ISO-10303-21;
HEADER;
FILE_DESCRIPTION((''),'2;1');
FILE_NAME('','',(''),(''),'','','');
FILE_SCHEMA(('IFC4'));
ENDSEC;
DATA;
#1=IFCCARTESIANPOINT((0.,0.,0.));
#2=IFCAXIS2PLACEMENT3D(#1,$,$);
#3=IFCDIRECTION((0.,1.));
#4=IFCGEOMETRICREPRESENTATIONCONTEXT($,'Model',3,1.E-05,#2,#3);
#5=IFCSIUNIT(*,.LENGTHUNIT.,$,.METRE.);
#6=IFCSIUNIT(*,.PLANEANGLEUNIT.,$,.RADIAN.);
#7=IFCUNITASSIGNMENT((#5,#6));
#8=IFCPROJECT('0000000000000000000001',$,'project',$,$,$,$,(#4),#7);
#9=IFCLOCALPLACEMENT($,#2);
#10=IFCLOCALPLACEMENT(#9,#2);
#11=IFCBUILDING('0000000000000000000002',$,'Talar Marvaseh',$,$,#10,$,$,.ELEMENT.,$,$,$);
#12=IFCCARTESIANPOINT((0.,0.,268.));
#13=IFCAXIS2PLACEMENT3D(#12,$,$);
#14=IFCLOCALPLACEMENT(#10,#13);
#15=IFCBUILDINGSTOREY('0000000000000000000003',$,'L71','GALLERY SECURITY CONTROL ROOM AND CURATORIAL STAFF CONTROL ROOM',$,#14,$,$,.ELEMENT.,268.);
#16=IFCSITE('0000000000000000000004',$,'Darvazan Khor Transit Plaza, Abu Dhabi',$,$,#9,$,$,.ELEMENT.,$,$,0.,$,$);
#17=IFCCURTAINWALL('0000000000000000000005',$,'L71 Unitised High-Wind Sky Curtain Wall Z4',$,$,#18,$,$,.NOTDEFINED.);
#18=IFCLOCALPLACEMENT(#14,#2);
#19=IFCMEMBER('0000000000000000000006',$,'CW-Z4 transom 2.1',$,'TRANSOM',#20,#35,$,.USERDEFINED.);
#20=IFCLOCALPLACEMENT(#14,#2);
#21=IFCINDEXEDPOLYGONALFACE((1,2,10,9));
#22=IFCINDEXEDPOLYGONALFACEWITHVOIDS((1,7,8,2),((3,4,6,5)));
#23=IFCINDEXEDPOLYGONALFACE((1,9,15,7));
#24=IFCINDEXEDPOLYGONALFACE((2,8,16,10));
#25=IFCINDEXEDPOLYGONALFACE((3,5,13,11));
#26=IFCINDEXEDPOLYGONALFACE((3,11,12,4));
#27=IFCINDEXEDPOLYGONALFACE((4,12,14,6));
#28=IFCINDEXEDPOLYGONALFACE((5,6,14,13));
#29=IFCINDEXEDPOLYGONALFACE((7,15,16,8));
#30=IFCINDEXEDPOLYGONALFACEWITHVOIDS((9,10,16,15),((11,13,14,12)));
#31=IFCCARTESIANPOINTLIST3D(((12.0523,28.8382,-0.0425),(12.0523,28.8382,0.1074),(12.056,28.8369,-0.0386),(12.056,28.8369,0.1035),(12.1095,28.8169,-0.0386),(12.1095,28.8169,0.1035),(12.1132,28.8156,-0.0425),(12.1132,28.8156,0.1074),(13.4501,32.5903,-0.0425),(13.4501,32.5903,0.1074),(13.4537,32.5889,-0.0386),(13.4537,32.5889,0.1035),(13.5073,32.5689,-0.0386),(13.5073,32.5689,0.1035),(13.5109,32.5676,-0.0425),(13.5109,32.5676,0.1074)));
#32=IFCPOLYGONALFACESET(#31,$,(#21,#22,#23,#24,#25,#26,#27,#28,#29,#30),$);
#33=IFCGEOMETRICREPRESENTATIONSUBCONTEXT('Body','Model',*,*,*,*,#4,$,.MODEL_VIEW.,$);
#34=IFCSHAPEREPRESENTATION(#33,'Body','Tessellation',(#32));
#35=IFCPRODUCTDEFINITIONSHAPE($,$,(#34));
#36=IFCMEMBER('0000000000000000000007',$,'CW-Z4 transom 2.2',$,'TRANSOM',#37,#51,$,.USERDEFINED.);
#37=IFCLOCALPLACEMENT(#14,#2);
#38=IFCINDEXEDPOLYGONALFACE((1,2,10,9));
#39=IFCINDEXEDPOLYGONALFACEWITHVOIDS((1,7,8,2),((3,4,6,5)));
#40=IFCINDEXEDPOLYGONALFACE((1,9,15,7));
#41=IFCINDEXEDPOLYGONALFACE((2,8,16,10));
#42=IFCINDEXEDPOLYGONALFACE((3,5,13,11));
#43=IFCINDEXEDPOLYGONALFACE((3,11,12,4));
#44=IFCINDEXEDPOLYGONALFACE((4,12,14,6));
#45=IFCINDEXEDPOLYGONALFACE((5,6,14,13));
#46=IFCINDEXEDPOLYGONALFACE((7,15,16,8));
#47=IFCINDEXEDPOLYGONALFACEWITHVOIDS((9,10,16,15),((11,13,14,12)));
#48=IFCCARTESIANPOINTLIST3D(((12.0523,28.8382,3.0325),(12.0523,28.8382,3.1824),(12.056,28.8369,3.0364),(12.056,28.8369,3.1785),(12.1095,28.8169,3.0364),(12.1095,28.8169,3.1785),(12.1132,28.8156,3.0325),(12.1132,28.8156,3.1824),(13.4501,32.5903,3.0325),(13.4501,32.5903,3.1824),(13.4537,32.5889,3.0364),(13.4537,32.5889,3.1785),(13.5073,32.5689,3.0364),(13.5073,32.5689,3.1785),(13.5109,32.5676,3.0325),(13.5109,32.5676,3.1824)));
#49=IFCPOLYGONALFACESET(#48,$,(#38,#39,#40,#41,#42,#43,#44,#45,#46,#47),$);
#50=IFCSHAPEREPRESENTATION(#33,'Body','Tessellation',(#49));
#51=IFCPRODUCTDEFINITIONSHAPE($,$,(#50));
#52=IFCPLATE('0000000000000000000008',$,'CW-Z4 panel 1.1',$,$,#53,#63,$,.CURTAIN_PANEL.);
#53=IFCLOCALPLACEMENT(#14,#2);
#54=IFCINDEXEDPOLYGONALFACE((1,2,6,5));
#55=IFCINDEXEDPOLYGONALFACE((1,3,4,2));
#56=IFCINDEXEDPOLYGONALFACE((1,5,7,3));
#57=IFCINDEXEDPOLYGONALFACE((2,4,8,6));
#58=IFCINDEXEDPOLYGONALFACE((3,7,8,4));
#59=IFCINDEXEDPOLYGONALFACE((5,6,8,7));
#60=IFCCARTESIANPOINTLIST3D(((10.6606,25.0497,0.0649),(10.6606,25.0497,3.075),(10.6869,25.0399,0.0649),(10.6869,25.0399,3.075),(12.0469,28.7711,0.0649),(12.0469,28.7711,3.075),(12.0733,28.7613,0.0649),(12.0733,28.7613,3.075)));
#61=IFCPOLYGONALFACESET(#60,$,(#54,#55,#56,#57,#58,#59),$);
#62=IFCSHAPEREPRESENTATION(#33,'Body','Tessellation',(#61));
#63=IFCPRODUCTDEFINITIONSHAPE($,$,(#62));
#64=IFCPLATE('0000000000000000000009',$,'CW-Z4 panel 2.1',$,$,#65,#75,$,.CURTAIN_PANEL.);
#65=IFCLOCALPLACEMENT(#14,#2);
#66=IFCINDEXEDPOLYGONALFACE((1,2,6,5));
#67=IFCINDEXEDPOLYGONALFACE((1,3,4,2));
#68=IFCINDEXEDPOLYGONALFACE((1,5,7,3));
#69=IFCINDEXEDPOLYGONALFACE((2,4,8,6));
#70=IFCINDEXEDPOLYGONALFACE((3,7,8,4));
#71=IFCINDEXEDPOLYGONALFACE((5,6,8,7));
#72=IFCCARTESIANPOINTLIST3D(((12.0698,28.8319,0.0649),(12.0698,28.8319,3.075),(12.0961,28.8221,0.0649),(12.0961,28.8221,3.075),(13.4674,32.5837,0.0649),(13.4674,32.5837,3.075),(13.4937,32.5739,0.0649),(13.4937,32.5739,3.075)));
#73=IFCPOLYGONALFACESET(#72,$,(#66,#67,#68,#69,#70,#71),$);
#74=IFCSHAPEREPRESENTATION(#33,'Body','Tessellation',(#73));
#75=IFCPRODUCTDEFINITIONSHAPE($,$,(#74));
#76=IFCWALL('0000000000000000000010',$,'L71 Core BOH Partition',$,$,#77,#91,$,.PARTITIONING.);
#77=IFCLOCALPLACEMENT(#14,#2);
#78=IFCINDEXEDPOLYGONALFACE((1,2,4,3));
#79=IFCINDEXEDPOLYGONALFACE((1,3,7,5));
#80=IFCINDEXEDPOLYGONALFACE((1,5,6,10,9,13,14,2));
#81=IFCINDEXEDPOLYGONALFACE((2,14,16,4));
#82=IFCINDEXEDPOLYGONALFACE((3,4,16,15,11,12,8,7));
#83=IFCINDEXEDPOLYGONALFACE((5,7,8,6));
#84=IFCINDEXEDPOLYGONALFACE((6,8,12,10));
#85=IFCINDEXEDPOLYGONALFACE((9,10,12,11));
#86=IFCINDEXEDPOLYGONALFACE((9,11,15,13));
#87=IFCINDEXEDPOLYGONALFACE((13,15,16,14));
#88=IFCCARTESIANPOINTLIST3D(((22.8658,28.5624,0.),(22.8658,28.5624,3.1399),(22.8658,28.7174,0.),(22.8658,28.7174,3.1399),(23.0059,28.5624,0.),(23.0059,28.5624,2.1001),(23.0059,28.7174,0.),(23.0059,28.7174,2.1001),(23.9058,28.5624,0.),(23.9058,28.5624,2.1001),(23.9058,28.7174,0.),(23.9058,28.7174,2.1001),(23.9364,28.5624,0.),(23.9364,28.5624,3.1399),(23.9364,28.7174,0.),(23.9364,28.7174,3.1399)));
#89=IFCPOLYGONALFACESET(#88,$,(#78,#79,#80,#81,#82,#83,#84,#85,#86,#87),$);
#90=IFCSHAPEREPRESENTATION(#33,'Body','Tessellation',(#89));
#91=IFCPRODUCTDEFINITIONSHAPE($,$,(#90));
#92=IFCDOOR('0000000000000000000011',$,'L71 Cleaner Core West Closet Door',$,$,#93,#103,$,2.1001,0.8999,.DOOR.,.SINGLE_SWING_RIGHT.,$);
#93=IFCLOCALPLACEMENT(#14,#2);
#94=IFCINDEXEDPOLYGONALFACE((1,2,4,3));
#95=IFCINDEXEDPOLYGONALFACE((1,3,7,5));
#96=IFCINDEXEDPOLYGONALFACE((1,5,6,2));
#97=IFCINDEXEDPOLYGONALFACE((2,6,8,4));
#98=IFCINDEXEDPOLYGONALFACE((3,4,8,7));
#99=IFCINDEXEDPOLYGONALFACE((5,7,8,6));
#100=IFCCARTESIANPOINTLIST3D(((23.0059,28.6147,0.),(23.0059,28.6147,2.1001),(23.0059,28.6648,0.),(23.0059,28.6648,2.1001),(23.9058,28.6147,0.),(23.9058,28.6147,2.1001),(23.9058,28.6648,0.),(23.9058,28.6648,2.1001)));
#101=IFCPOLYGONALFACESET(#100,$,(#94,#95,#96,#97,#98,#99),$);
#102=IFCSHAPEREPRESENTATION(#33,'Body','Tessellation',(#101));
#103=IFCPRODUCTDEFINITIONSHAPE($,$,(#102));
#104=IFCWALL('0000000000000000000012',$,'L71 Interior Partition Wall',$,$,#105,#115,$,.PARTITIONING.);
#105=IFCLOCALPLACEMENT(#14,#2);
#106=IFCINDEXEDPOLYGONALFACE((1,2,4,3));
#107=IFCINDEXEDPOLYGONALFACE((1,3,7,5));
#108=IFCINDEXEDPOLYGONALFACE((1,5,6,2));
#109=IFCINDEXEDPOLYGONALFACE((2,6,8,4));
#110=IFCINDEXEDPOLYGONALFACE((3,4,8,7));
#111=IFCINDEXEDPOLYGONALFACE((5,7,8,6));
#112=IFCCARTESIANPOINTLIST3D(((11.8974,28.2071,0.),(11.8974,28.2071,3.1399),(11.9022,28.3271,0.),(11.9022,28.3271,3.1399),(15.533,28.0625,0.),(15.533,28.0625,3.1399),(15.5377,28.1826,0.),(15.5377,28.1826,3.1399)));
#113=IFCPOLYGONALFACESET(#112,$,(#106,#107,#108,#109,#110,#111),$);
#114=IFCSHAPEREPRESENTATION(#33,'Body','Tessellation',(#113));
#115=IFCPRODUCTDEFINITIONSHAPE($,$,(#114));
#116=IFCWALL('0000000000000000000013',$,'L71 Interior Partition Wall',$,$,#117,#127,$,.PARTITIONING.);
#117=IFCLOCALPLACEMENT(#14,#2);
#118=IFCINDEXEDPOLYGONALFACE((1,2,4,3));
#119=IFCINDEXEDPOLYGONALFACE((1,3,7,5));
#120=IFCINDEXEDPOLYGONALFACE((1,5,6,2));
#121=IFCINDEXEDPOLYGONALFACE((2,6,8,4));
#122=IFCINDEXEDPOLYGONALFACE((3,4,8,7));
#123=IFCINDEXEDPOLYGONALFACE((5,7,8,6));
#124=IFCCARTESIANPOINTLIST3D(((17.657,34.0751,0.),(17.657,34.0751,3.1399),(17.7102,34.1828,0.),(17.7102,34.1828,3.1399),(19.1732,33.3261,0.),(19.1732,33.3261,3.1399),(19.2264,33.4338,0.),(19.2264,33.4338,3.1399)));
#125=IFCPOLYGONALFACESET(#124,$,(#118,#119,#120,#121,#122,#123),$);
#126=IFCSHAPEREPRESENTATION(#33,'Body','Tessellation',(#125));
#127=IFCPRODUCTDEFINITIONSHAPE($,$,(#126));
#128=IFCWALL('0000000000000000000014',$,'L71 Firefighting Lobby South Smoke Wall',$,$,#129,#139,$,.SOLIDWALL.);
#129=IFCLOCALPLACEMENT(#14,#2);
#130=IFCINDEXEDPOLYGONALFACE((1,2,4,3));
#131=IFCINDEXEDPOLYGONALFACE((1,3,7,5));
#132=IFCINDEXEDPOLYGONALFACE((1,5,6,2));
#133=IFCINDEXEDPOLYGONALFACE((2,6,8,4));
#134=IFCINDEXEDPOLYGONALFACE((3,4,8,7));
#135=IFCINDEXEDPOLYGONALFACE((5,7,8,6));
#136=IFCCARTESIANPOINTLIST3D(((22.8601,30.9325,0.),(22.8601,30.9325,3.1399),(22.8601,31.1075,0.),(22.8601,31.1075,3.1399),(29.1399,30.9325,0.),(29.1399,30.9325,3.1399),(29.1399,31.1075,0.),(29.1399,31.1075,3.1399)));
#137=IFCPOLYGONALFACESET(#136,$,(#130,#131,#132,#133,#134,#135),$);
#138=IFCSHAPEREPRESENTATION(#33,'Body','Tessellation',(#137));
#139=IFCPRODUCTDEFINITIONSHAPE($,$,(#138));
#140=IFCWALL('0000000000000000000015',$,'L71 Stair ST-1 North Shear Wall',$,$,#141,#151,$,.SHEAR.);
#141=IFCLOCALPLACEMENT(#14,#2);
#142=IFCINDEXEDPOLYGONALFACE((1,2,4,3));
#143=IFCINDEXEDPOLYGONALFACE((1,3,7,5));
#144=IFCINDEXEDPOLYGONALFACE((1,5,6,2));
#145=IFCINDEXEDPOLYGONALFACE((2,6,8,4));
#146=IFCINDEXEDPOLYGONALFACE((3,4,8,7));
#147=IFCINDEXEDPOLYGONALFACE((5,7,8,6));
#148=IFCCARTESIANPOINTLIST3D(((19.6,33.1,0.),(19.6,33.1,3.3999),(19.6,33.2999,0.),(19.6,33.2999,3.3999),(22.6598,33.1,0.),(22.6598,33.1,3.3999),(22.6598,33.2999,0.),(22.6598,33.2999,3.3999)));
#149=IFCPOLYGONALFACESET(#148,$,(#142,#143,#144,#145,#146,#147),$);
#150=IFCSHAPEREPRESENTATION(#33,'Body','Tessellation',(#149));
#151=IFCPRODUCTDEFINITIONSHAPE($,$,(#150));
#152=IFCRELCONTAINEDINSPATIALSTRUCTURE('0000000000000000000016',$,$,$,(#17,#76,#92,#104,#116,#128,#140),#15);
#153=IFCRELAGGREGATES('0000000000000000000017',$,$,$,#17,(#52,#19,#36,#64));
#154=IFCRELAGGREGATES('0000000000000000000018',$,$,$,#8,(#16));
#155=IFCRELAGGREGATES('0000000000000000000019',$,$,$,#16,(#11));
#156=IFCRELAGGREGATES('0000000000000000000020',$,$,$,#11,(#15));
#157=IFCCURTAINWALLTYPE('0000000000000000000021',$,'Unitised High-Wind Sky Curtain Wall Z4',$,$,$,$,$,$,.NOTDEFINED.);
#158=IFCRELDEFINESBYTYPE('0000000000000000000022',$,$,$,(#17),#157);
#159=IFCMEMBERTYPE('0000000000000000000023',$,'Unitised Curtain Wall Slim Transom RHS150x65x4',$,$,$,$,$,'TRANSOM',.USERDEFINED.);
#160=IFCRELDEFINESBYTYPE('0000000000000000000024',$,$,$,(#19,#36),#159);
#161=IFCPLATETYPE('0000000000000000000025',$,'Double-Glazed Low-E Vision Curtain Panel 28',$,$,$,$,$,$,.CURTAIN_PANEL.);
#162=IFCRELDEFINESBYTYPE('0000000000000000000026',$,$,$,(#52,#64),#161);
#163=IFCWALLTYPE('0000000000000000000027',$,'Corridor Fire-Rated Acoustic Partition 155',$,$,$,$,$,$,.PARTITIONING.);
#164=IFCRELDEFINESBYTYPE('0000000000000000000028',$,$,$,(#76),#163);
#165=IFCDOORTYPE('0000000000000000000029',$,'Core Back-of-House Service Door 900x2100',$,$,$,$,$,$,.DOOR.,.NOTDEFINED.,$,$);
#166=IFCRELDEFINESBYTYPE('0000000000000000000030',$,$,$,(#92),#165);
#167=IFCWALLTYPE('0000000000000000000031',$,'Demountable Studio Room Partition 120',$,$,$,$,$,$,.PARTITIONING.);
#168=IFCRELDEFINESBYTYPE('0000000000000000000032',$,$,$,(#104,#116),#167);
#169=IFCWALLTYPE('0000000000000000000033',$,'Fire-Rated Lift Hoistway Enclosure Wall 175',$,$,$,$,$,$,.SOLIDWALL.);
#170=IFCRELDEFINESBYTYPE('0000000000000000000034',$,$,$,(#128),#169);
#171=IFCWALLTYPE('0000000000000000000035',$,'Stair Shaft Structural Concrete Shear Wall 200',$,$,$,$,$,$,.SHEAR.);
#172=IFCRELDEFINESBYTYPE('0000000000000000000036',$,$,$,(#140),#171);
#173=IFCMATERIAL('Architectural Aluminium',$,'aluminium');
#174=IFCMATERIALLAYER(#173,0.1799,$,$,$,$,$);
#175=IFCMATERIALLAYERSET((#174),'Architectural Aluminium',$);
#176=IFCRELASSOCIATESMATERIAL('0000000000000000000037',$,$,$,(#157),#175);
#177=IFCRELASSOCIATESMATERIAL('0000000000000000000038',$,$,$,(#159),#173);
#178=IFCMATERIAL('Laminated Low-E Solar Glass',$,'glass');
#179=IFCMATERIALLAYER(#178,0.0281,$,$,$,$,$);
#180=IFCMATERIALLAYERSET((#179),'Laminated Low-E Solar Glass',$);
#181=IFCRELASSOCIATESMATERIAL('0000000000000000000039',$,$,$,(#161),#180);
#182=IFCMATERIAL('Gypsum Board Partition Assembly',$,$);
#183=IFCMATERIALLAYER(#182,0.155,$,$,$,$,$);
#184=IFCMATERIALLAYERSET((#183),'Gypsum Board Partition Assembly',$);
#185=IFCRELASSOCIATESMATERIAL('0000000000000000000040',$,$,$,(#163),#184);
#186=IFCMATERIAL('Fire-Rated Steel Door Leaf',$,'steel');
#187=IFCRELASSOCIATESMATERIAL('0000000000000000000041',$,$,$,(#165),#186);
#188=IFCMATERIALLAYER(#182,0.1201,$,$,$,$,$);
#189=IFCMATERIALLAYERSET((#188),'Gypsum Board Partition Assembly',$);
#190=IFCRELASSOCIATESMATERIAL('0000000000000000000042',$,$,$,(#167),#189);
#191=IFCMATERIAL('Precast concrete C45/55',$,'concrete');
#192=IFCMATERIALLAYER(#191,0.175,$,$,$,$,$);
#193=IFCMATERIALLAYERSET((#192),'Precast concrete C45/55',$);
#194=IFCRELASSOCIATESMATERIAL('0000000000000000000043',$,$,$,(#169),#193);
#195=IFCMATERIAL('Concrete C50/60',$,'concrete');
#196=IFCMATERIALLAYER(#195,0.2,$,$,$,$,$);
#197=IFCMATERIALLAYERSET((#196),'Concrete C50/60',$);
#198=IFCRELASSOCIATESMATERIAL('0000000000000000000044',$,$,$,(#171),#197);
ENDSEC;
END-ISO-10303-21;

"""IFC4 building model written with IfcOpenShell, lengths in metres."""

from ifc_helpers import new_model, si_unit, direction, frame, frame_2d, origin, origin_2d, place, context, subcontext, project, spatial, rectangle, hollow_rectangle, extrude, source, transform, mapped, material, layer, layer_set, material_profile, profile_set, type_object, type_shapes, element, fill, aggregate, save


model = new_model("IFC4")

# Units and contexts
model_context = context("Model", 3, precision=1e-05, world=origin(), true_north=direction((0.0, 1.0)))
body_context = subcontext(model_context, "Body", "Model", "MODEL_VIEW")
ifc_project = project(units=[si_unit("LENGTHUNIT", "METRE"), si_unit("PLANEANGLEUNIT", "RADIAN")], contexts=[model_context])

# Site, building, storey
site_placement = place(None, origin())
site = spatial("IfcSite", under=ifc_project, at=site_placement, Name="Darvazan Khor Transit Plaza, Abu Dhabi", CompositionType="ELEMENT", RefElevation=0.0)
building_placement = place(site_placement, origin())
building = spatial("IfcBuilding", under=site, at=building_placement, Name="Talar Marvaseh", CompositionType="ELEMENT")
storey_placement = place(building_placement, frame((0.0, 0.0, 268.0)))
storey = spatial("IfcBuildingStorey", under=building, at=storey_placement, Name="L71", Description="GALLERY SECURITY CONTROL ROOM AND CURATORIAL STAFF CONTROL ROOM", CompositionType="ELEMENT", Elevation=268.0)

# Shared definitions
ifc_material_1 = material(Name="Concrete C50/60", Category="concrete")

# Curtain wall, members, plates
ifc_material_2 = material(Name="Architectural Aluminium", Category="aluminium")
ifc_layer_1 = layer(ifc_material_2, 0.1799)
ifc_layer_set_1 = layer_set([ifc_layer_1], Name="Architectural Aluminium")
curtain_wall_type = type_object("IfcCurtainWallType", Name="Unitised High-Wind Sky Curtain Wall Z4", PredefinedType="NOTDEFINED", material=ifc_layer_set_1)
curtain_wall_placement = place(storey_placement, origin())
curtain_wall = element("IfcCurtainWall", 1, at=curtain_wall_placement, inside=storey, type_object=curtain_wall_type, Name="L71 Unitised High-Wind Sky Curtain Wall Z4", PredefinedType="NOTDEFINED")
ifc_material_profile_1 = material_profile(ifc_material_2, hollow_rectangle(XDim=0.0649, YDim=0.1499, WallThickness=0.0039, at=origin_2d()), Name="RHS150x65x4")
ifc_profile_set_1 = profile_set([ifc_material_profile_1], Name="Architectural Aluminium")
member_type_1 = type_object("IfcMemberType", Name="Unitised Curtain Wall Slim Transom RHS150x65x4", ElementType="TRANSOM", PredefinedType="USERDEFINED", material=ifc_profile_set_1)
shared_shape_1 = source(origin(), body_context, "Body", "SweptSolid", [
    extrude(hollow_rectangle(XDim=0.0649, YDim=0.1499, WallThickness=0.0039, at=origin_2d()), origin(), (0.0, 0.0, 1.0), 4.0039),
])
member_1_placement = place(storey_placement, frame((12.0828, 28.8269, 0.0325), z_axis=(0.349091, 0.937089, 0.0), x_axis=(-0.937089, 0.349091, 0.0)))
member_1 = element("IfcMember", 2, at=member_1_placement, type_object=member_type_1, Name="CW-Z4 transom 2.1", ObjectType="TRANSOM", PredefinedType="USERDEFINED", context=body_context, shape_type="MappedRepresentation", body=[
    mapped(shared_shape_1, transform((0.0, 0.0, 0.0), x_axis=(1.0, 0.0, 0.0), y_axis=(0.0, 1.0, 0.0), z_axis=(0.0, 0.0, 1.0), scale=1.0)),
])
member_2_placement = place(storey_placement, frame((12.0828, 28.8269, 3.1074), z_axis=(0.349091, 0.937089, 0.0), x_axis=(-0.937089, 0.349091, 0.0)))
member_2 = element("IfcMember", 3, at=member_2_placement, type_object=member_type_1, Name="CW-Z4 transom 2.2", ObjectType="TRANSOM", PredefinedType="USERDEFINED", context=body_context, shape_type="MappedRepresentation", body=[
    mapped(shared_shape_1, transform((0.0, 0.0, 0.0), x_axis=(1.0, 0.0, 0.0), y_axis=(0.0, 1.0, 0.0), z_axis=(0.0, 0.0, 1.0), scale=1.0)),
])
ifc_material_3 = material(Name="Laminated Low-E Solar Glass", Category="glass")
ifc_layer_2 = layer(ifc_material_3, 0.0281)
ifc_layer_set_2 = layer_set([ifc_layer_2], Name="Laminated Low-E Solar Glass")
plate_type = type_object("IfcPlateType", Name="Double-Glazed Low-E Vision Curtain Panel 28", PredefinedType="CURTAIN_PANEL", material=ifc_layer_set_2)
shared_shape_2 = source(origin(), body_context, "Body", "SweptSolid", [
    extrude(rectangle(XDim=3.9712, YDim=0.0281, at=origin_2d()), origin(), (0.0, 0.0, 1.0), 3.01),
])
plate_1_placement = place(storey_placement, frame((11.3669, 26.9055, 0.0649), z_axis=(0.0, 0.0, 1.0), x_axis=(0.349094, 0.937088, 0.0)))
plate_1 = element("IfcPlate", 4, at=plate_1_placement, type_object=plate_type, Name="CW-Z4 panel 1.1", PredefinedType="CURTAIN_PANEL", context=body_context, shape_type="MappedRepresentation", body=[
    mapped(shared_shape_2, transform((0.0, 0.0, 0.0), x_axis=(1.0, 0.0, 0.0), y_axis=(0.0, 1.0, 0.0), z_axis=(0.0, 0.0, 1.0), scale=1.0)),
])
shared_shape_3 = source(origin(), body_context, "Body", "SweptSolid", [
    extrude(rectangle(XDim=4.0037, YDim=0.0281, at=origin_2d()), origin(), (0.0, 0.0, 1.0), 3.01),
])
type_shapes(plate_type, [shared_shape_2, shared_shape_3])
plate_2_placement = place(storey_placement, frame((12.7817, 30.7029, 0.0649), z_axis=(0.0, 0.0, 1.0), x_axis=(0.349094, 0.937088, 0.0)))
plate_2 = element("IfcPlate", 5, at=plate_2_placement, type_object=plate_type, Name="CW-Z4 panel 2.1", PredefinedType="CURTAIN_PANEL", context=body_context, shape_type="MappedRepresentation", body=[
    mapped(shared_shape_3, transform((0.0, 0.0, 0.0), x_axis=(1.0, 0.0, 0.0), y_axis=(0.0, 1.0, 0.0), z_axis=(0.0, 0.0, 1.0), scale=1.0)),
])
aggregate(curtain_wall, [plate_1, member_1, member_2, plate_2])

# Wall, opening, door
ifc_material_4 = material(Name="Gypsum Board Partition Assembly")
ifc_layer_3 = layer(ifc_material_4, 0.155)
ifc_layer_set_3 = layer_set([ifc_layer_3], Name="Gypsum Board Partition Assembly")
wall_type_1 = type_object("IfcWallType", Name="Corridor Fire-Rated Acoustic Partition 155", PredefinedType="PARTITIONING", material=ifc_layer_set_3)
wall_1_placement = place(storey_placement, frame((22.866, 28.6399, 0.0), z_axis=(0.0, 0.0, 1.0), x_axis=(1.0, 0.0, 0.0)))
wall_1 = element("IfcWall", 6, at=wall_1_placement, inside=storey, type_object=wall_type_1, Name="L71 Core BOH Partition", PredefinedType="PARTITIONING", context=body_context, shape_type="SweptSolid", body=[
    extrude(rectangle(XDim=1.0706, YDim=0.155, at=frame_2d((0.5352, 0.0))), origin(), (0.0, 0.0, 1.0), 3.1399),
])
opening_placement = place(wall_1_placement, frame((0.1399, 0.0, 0.0)))
opening = element("IfcOpeningElement", 7, at=opening_placement, cuts=wall_1, PredefinedType="OPENING", context=body_context, shape_type="SweptSolid", body=[
    extrude(rectangle(XDim=0.8999, YDim=2.1001, at=frame_2d((0.45, 1.05))), frame((0.0, 0.0874, 0.0), z_axis=(0.0, -1.0, 0.0), x_axis=(1.0, 0.0, 0.0)), (0.0, 0.0, 1.0), 0.175),
])
ifc_material_5 = material(Name="Fire-Rated Steel Door Leaf", Category="steel")
door_type = type_object("IfcDoorType", Name="Core Back-of-House Service Door 900x2100", OperationType="NOTDEFINED", PredefinedType="DOOR", material=ifc_material_5)
shared_shape_4 = source(origin(), body_context, "Body", "SweptSolid", [
    extrude(rectangle(XDim=0.8999, YDim=2.1001, at=frame_2d((0.45, 1.05))), frame((0.0, 0.0249, 0.0), z_axis=(0.0, -1.0, 0.0), x_axis=(1.0, 0.0, 0.0)), (0.0, 0.0, 1.0), 0.05),
])
type_shapes(door_type, [shared_shape_4])
door_placement = place(opening_placement, origin())
door = element("IfcDoor", 8, at=door_placement, inside=storey, type_object=door_type, Name="L71 Cleaner Core West Closet Door", OperationType="SINGLE_SWING_RIGHT", OverallHeight=2.1001, OverallWidth=0.8999, PredefinedType="DOOR", context=body_context, shape_type="MappedRepresentation", body=[
    mapped(shared_shape_4, transform((0.0, 0.0, 0.0), x_axis=(1.0, 0.0, 0.0), y_axis=(0.0, 1.0, 0.0), z_axis=(0.0, 0.0, 1.0), scale=1.0)),
])
fill(opening, door)

# Walls
ifc_layer_4 = layer(ifc_material_4, 0.1201)
ifc_layer_set_4 = layer_set([ifc_layer_4], Name="Gypsum Board Partition Assembly")
wall_type_2 = type_object("IfcWallType", Name="Demountable Studio Room Partition 120", PredefinedType="PARTITIONING", material=ifc_layer_set_4)
wall_2_placement = place(storey_placement, frame((11.8997, 28.2671, 0.0), z_axis=(0.0, 0.0, 1.0), x_axis=(0.999211, -0.039724, 0.0)))
element("IfcWall", 9, at=wall_2_placement, inside=storey, type_object=wall_type_2, Name="L71 Interior Partition Wall", PredefinedType="PARTITIONING", context=body_context, shape_type="SweptSolid", body=[
    extrude(rectangle(XDim=3.6384, YDim=0.1201, at=frame_2d((1.8193, 0.0))), origin(), (0.0, 0.0, 1.0), 3.1399),
])
wall_3_placement = place(storey_placement, frame((19.2, 33.3799, 0.0), z_axis=(0.0, 0.0, 1.0), x_axis=(-0.896582, 0.442878, 0.0)))
element("IfcWall", 10, at=wall_3_placement, inside=storey, type_object=wall_type_2, Name="L71 Interior Partition Wall", PredefinedType="PARTITIONING", context=body_context, shape_type="SweptSolid", body=[
    extrude(rectangle(XDim=1.6912, YDim=0.1201, at=frame_2d((0.8457, 0.0))), origin(), (0.0, 0.0, 1.0), 3.1399),
])
ifc_material_6 = material(Name="Precast concrete C45/55", Category="concrete")
ifc_layer_5 = layer(ifc_material_6, 0.175)
ifc_layer_set_5 = layer_set([ifc_layer_5], Name="Precast concrete C45/55")
wall_type_3 = type_object("IfcWallType", Name="Fire-Rated Lift Hoistway Enclosure Wall 175", PredefinedType="SOLIDWALL", material=ifc_layer_set_5)
wall_4_placement = place(storey_placement, frame((22.8601, 31.02, 0.0), z_axis=(0.0, 0.0, 1.0), x_axis=(1.0, 0.0, 0.0)))
element("IfcWall", 11, at=wall_4_placement, inside=storey, type_object=wall_type_3, Name="L71 Firefighting Lobby South Smoke Wall", PredefinedType="SOLIDWALL", context=body_context, shape_type="SweptSolid", body=[
    extrude(rectangle(XDim=6.2798, YDim=0.175, at=frame_2d((3.1399, 0.0))), origin(), (0.0, 0.0, 1.0), 3.1399),
])
ifc_layer_6 = layer(ifc_material_1, 0.2)
ifc_layer_set_6 = layer_set([ifc_layer_6], Name="Concrete C50/60")
wall_type_4 = type_object("IfcWallType", Name="Stair Shaft Structural Concrete Shear Wall 200", PredefinedType="SHEAR", material=ifc_layer_set_6)
wall_5_placement = place(storey_placement, frame((19.6001, 33.2, 0.0), z_axis=(0.0, 0.0, 1.0), x_axis=(1.0, 0.0, 0.0)))
element("IfcWall", 12, at=wall_5_placement, inside=storey, type_object=wall_type_4, Name="L71 Stair ST-1 North Shear Wall", PredefinedType="SHEAR", context=body_context, shape_type="SweptSolid", body=[
    extrude(rectangle(XDim=3.0598, YDim=0.2, at=frame_2d((1.5298, 0.0))), origin(), (0.0, 0.0, 1.0), 3.3999),
])

save(model, "model.ifc")
